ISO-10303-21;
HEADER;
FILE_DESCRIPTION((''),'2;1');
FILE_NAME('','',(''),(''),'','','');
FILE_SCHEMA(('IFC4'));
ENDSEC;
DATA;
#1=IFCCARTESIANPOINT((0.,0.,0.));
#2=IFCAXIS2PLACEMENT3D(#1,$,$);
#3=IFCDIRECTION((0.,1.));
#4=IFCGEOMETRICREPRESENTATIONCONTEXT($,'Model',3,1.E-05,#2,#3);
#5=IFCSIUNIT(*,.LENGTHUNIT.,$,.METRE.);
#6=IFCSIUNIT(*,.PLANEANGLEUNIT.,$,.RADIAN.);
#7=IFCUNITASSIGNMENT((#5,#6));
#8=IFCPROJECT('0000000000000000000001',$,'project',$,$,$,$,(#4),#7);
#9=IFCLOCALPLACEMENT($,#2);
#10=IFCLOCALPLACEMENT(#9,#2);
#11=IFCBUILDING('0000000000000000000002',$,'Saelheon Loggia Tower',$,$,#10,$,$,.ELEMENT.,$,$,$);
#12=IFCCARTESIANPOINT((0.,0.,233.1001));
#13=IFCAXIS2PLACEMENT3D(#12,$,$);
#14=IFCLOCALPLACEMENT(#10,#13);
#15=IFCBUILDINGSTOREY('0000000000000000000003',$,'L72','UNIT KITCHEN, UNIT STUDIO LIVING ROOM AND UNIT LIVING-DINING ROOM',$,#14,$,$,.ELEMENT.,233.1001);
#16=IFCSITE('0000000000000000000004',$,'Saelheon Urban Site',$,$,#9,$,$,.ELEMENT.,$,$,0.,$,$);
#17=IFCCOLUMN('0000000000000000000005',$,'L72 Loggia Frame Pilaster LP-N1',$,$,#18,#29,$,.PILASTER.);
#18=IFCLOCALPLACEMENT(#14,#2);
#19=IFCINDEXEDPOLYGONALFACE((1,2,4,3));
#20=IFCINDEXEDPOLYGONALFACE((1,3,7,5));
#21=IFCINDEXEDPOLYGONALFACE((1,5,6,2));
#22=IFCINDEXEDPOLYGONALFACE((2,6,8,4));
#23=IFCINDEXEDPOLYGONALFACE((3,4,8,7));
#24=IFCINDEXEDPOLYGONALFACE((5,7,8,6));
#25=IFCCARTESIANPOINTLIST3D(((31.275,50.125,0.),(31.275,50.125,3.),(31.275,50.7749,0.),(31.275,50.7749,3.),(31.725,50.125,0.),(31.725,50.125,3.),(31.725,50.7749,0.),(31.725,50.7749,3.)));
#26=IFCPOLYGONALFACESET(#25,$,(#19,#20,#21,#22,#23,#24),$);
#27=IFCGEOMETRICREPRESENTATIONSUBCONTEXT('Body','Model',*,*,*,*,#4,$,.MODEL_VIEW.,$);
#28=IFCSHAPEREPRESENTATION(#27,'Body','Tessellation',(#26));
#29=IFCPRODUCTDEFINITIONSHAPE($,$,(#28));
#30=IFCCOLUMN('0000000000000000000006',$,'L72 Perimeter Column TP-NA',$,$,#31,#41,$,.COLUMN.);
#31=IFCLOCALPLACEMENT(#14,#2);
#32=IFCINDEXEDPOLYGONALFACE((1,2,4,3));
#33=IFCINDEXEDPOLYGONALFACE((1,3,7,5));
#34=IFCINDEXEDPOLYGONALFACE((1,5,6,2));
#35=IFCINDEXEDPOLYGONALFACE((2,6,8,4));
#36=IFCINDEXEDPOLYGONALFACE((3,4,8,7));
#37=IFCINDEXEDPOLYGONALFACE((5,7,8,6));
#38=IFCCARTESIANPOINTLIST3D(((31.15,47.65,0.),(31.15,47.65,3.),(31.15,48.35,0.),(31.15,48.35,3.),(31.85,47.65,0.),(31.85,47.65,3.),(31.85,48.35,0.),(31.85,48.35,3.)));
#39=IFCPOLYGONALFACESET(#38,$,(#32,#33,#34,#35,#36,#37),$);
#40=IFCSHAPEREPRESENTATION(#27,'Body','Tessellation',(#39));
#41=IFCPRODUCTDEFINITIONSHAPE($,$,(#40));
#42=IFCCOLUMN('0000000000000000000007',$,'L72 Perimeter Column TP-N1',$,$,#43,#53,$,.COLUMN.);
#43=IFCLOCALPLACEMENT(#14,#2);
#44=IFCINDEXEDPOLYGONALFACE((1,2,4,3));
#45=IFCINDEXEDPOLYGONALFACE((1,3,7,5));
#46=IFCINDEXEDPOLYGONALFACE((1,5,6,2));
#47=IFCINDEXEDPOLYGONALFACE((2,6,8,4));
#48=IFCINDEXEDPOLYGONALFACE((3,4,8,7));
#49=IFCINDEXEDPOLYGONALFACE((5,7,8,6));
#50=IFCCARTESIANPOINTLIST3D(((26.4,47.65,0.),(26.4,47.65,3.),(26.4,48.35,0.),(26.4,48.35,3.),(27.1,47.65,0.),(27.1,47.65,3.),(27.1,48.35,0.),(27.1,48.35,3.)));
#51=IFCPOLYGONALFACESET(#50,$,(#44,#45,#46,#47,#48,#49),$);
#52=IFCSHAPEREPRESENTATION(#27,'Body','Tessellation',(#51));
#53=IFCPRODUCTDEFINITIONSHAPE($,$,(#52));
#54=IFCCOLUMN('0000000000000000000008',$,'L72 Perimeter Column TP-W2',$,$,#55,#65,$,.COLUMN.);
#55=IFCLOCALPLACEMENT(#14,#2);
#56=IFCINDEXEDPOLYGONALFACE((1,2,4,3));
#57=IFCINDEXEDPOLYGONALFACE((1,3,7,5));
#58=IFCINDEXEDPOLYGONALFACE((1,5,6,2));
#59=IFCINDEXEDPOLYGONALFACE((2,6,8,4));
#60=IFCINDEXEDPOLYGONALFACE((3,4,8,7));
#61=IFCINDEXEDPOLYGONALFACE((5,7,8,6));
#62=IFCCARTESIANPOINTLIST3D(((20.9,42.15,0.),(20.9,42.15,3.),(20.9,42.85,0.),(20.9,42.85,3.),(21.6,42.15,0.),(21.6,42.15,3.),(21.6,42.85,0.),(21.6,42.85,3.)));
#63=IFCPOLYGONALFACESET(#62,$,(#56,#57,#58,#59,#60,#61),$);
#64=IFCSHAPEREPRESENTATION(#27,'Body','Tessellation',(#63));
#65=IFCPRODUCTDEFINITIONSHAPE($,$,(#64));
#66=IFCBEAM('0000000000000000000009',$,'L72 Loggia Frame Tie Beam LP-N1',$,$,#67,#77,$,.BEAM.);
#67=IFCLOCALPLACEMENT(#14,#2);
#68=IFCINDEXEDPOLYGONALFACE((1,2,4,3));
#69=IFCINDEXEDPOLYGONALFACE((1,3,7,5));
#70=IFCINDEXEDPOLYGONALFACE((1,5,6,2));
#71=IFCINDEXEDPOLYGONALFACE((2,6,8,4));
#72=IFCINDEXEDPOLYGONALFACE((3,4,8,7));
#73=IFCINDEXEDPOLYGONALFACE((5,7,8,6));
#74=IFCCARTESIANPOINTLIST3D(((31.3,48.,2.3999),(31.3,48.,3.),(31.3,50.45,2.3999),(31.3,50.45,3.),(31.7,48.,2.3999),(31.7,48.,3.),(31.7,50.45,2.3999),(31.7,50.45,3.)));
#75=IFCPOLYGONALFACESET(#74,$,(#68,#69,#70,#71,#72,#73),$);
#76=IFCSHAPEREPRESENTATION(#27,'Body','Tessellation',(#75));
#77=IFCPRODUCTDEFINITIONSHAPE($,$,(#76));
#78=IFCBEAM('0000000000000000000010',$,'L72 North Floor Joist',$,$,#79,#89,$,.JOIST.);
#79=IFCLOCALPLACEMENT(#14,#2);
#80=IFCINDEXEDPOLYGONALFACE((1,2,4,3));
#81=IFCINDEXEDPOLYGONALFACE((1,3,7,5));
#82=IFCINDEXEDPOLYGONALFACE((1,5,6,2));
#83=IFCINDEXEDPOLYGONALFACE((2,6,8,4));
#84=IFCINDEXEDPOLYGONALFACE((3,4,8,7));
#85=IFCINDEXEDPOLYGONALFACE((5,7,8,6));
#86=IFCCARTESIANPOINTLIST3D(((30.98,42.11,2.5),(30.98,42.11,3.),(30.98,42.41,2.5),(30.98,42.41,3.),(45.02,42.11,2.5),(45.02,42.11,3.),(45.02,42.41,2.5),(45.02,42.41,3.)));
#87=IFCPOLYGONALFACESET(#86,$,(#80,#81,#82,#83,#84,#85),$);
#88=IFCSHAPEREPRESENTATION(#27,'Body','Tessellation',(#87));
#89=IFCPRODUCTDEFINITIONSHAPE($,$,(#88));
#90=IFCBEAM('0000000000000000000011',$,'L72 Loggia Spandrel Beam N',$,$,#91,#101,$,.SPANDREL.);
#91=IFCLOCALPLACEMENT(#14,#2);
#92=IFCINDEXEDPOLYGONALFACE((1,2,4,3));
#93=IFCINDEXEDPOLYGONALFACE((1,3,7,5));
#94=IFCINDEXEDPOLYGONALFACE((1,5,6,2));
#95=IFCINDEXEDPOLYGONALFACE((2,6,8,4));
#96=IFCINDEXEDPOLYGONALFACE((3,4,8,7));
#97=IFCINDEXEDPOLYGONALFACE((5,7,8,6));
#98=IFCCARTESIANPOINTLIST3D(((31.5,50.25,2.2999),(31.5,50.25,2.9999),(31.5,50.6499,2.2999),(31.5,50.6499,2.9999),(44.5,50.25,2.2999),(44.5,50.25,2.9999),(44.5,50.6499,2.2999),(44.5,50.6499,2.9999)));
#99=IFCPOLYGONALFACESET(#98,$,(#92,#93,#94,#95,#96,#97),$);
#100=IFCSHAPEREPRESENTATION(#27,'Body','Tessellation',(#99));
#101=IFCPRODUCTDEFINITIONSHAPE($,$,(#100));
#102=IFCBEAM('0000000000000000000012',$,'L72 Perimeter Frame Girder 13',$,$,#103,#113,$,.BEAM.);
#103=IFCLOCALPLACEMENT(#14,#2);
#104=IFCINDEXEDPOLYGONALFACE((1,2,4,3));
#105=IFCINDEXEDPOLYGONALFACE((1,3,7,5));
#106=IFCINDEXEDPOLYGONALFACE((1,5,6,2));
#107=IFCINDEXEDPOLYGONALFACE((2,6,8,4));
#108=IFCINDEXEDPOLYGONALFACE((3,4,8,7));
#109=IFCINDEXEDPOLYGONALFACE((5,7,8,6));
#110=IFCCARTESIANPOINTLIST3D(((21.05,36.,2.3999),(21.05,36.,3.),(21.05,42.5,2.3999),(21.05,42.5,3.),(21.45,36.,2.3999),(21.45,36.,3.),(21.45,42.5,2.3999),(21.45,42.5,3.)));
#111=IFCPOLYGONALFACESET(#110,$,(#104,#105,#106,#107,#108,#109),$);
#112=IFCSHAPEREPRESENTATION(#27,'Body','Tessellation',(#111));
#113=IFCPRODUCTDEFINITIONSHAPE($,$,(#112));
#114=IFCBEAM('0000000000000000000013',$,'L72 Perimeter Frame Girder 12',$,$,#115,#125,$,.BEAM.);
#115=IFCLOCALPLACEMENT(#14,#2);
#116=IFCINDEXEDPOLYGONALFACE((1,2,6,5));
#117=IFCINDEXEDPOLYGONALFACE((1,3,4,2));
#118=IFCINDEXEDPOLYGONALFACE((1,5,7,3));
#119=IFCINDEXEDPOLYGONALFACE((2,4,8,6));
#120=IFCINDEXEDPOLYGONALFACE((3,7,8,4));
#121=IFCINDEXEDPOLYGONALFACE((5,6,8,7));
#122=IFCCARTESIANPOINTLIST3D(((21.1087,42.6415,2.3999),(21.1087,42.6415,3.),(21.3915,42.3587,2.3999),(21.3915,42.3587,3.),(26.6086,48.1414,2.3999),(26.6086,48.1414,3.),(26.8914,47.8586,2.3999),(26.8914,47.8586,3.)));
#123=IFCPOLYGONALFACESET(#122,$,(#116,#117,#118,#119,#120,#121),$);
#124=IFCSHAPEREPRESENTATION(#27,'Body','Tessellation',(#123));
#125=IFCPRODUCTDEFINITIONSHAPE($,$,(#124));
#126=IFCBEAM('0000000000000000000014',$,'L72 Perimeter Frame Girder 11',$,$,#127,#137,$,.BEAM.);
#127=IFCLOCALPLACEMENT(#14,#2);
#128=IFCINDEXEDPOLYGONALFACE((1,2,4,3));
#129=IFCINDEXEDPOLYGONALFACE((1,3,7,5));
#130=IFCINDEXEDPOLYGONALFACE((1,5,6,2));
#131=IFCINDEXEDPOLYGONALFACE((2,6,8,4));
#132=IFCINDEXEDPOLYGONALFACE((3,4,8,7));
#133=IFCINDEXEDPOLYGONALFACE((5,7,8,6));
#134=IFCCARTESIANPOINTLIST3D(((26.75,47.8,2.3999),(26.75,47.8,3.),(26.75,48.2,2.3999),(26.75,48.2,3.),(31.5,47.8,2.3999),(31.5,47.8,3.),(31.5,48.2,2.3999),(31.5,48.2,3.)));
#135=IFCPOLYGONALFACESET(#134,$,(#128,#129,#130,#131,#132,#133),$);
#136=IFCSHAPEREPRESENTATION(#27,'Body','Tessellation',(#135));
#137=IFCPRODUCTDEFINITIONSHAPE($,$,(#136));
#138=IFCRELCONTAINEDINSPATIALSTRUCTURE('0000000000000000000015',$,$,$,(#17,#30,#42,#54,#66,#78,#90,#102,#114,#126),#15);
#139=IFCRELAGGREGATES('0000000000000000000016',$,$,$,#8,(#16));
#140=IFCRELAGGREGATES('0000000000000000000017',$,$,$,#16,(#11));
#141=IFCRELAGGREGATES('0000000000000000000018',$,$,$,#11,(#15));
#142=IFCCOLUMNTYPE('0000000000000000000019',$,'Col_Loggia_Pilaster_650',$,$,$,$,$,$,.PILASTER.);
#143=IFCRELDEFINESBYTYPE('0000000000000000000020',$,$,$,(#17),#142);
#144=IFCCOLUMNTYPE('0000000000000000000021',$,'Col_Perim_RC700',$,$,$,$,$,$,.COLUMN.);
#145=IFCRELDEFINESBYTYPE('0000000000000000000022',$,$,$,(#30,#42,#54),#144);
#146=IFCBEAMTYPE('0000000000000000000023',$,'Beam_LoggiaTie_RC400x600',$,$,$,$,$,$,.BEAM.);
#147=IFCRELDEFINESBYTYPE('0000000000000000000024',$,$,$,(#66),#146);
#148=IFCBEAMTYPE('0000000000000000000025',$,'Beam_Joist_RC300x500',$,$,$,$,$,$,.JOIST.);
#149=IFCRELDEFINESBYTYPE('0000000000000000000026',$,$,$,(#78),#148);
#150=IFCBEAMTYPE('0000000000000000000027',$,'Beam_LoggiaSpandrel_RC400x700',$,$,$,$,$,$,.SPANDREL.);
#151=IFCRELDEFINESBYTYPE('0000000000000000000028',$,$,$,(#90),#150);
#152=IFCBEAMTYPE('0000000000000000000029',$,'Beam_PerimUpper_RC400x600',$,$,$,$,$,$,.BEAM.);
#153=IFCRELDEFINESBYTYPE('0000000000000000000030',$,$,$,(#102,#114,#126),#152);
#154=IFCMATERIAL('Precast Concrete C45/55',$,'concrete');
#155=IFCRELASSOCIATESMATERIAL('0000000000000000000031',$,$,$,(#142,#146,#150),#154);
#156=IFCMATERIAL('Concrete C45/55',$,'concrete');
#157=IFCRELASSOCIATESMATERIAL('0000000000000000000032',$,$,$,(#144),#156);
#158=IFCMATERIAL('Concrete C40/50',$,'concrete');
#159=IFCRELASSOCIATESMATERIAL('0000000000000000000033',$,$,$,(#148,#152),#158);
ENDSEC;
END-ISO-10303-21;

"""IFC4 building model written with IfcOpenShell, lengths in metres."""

from ifc_helpers import new_model, si_unit, direction, frame, origin, origin_2d, place, context, subcontext, project, spatial, rectangle, extrude, source, transform, mapped, material, material_profile, profile_set, type_object, element, save


model = new_model("IFC4")

# Units and contexts
model_context = context("Model", 3, precision=1e-05, world=origin(), true_north=direction((0.0, 1.0)))
body_context = subcontext(model_context, "Body", "Model", "MODEL_VIEW")
ifc_project = project(units=[si_unit("LENGTHUNIT", "METRE"), si_unit("PLANEANGLEUNIT", "RADIAN")], contexts=[model_context])

# Site, building, storey
site_placement = place(None, origin())
site = spatial("IfcSite", under=ifc_project, at=site_placement, Name="Saelheon Urban Site", CompositionType="ELEMENT", RefElevation=0.0)
building_placement = place(site_placement, origin())
building = spatial("IfcBuilding", under=site, at=building_placement, Name="Saelheon Loggia Tower", CompositionType="ELEMENT")
storey_placement = place(building_placement, frame((0.0, 0.0, 233.1001)))
storey = spatial("IfcBuildingStorey", under=building, at=storey_placement, Name="L72", Description="UNIT KITCHEN, UNIT STUDIO LIVING ROOM AND UNIT LIVING-DINING ROOM", CompositionType="ELEMENT", Elevation=233.1001)

# Columns
ifc_material_1 = material(Name="Precast Concrete C45/55", Category="concrete")
ifc_material_profile_1 = material_profile(ifc_material_1, rectangle(XDim=0.45, YDim=0.6499, at=origin_2d()), Name="RC-450x650")
ifc_profile_set_1 = profile_set([ifc_material_profile_1], Name="Precast Concrete C45/55")
column_type_1 = type_object("IfcColumnType", Name="Col_Loggia_Pilaster_650", PredefinedType="PILASTER", material=ifc_profile_set_1)
shared_shape_1 = source(origin(), body_context, "Body", "SweptSolid", [
    extrude(rectangle(XDim=0.45, YDim=0.6499, at=origin_2d()), origin(), (0.0, 0.0, 1.0), 3.0),
])
column_placement = place(storey_placement, frame((31.5, 50.45, 0.0), z_axis=(0.0, 0.0, 1.0), x_axis=(1.0, 0.0, 0.0)))
element("IfcColumn", 1, at=column_placement, inside=storey, type_object=column_type_1, Name="L72 Loggia Frame Pilaster LP-N1", PredefinedType="PILASTER", context=body_context, shape_type="MappedRepresentation", body=[
    mapped(shared_shape_1, transform((0.0, 0.0, 0.0), scale=1.0)),
])
ifc_material_2 = material(Name="Concrete C45/55", Category="concrete")
ifc_material_profile_2 = material_profile(ifc_material_2, rectangle(XDim=0.7, YDim=0.7, at=origin_2d()), Name="RC-700x700")
ifc_profile_set_2 = profile_set([ifc_material_profile_2], Name="Concrete C45/55")
column_type_2 = type_object("IfcColumnType", Name="Col_Perim_RC700", PredefinedType="COLUMN", material=ifc_profile_set_2)
shared_shape_2 = source(origin(), body_context, "Body", "SweptSolid", [
    extrude(rectangle(XDim=0.7, YDim=0.7, at=origin_2d()), origin(), (0.0, 0.0, 1.0), 3.0),
])
for number, where, z_axis, x_axis, name in (
    (2, (31.5, 48.0, 0.0), (0.0, 0.0, 1.0), (1.0, 0.0, 0.0), "L72 Perimeter Column TP-NA"),
    (3, (26.75, 48.0, 0.0), (0.0, 0.0, 1.0), (1.0, 0.0, 0.0), "L72 Perimeter Column TP-N1"),
    (4, (21.25, 42.5, 0.0), (0.0, 0.0, 1.0), (1.0, 0.0, 0.0), "L72 Perimeter Column TP-W2"),
):
    element("IfcColumn", number, at=place(storey_placement, frame(where, z_axis=z_axis, x_axis=x_axis)), inside=storey, type_object=column_type_2, Name=name, PredefinedType="COLUMN", context=body_context, shape_type="MappedRepresentation", body=[
        mapped(shared_shape_2, transform((0.0, 0.0, 0.0), scale=1.0)),
    ])

# Beams
ifc_material_profile_3 = material_profile(ifc_material_1, rectangle(XDim=0.3999, YDim=0.6001, at=origin_2d()), Name="RC-400x600")
ifc_profile_set_3 = profile_set([ifc_material_profile_3], Name="Precast Concrete C45/55")
beam_type_1 = type_object("IfcBeamType", Name="Beam_LoggiaTie_RC400x600", PredefinedType="BEAM", material=ifc_profile_set_3)
shared_shape_3 = source(origin(), body_context, "Body", "SweptSolid", [
    extrude(rectangle(XDim=0.3999, YDim=0.6001, at=origin_2d()), origin(), (0.0, 0.0, 1.0), 2.45),
])
beam_1_placement = place(storey_placement, frame((31.5, 48.0, 2.7), z_axis=(0.0, 1.0, 0.0), x_axis=(-1.0, 0.0, 0.0)))
element("IfcBeam", 5, at=beam_1_placement, inside=storey, type_object=beam_type_1, Name="L72 Loggia Frame Tie Beam LP-N1", PredefinedType="BEAM", context=body_context, shape_type="MappedRepresentation", body=[
    mapped(shared_shape_3, transform((0.0, 0.0, 0.0), scale=1.0)),
])
ifc_material_3 = material(Name="Concrete C40/50", Category="concrete")
ifc_material_profile_4 = material_profile(ifc_material_3, rectangle(XDim=0.3, YDim=0.5, at=origin_2d()), Name="RC-300x500")
ifc_profile_set_4 = profile_set([ifc_material_profile_4], Name="Concrete C40/50")
beam_type_2 = type_object("IfcBeamType", Name="Beam_Joist_RC300x500", PredefinedType="JOIST", material=ifc_profile_set_4)
shared_shape_4 = source(origin(), body_context, "Body", "SweptSolid", [
    extrude(rectangle(XDim=0.3, YDim=0.5, at=origin_2d()), origin(), (0.0, 0.0, 1.0), 14.04),
])
beam_2_placement = place(storey_placement, frame((30.98, 42.26, 2.75), z_axis=(1.0, 0.0, 0.0), x_axis=(0.0, 1.0, 0.0)))
element("IfcBeam", 6, at=beam_2_placement, inside=storey, type_object=beam_type_2, Name="L72 North Floor Joist", PredefinedType="JOIST", context=body_context, shape_type="MappedRepresentation", body=[
    mapped(shared_shape_4, transform((0.0, 0.0, 0.0), scale=1.0)),
])
ifc_material_profile_5 = material_profile(ifc_material_1, rectangle(XDim=0.3999, YDim=0.7, at=origin_2d()), Name="RC-400x700")
ifc_profile_set_5 = profile_set([ifc_material_profile_5], Name="Precast Concrete C45/55")
beam_type_3 = type_object("IfcBeamType", Name="Beam_LoggiaSpandrel_RC400x700", PredefinedType="SPANDREL", material=ifc_profile_set_5)
shared_shape_5 = source(origin(), body_context, "Body", "SweptSolid", [
    extrude(rectangle(XDim=0.3999, YDim=0.7, at=origin_2d()), origin(), (0.0, 0.0, 1.0), 13.0),
])
beam_3_placement = place(storey_placement, frame((31.5, 50.45, 2.6499), z_axis=(1.0, 0.0, 0.0), x_axis=(0.0, 1.0, 0.0)))
element("IfcBeam", 7, at=beam_3_placement, inside=storey, type_object=beam_type_3, Name="L72 Loggia Spandrel Beam N", PredefinedType="SPANDREL", context=body_context, shape_type="MappedRepresentation", body=[
    mapped(shared_shape_5, transform((0.0, 0.0, 0.0), scale=1.0)),
])
ifc_material_profile_6 = material_profile(ifc_material_3, rectangle(XDim=0.3999, YDim=0.6001, at=origin_2d()), Name="RC-400x600")
ifc_profile_set_6 = profile_set([ifc_material_profile_6], Name="Concrete C40/50")
beam_type_4 = type_object("IfcBeamType", Name="Beam_PerimUpper_RC400x600", PredefinedType="BEAM", material=ifc_profile_set_6)
shared_shape_6 = source(origin(), body_context, "Body", "SweptSolid", [
    extrude(rectangle(XDim=0.3999, YDim=0.6001, at=origin_2d()), origin(), (0.0, 0.0, 1.0), 6.5),
])
beam_4_placement = place(storey_placement, frame((21.25, 42.5, 2.7), z_axis=(0.0, -1.0, 0.0), x_axis=(1.0, 0.0, 0.0)))
element("IfcBeam", 8, at=beam_4_placement, inside=storey, type_object=beam_type_4, Name="L72 Perimeter Frame Girder 13", PredefinedType="BEAM", context=body_context, shape_type="MappedRepresentation", body=[
    mapped(shared_shape_6, transform((0.0, 0.0, 0.0), scale=1.0)),
])
shared_shape_7 = source(origin(), body_context, "Body", "SweptSolid", [
    extrude(rectangle(XDim=0.3999, YDim=0.6001, at=origin_2d()), origin(), (0.0, 0.0, 1.0), 7.7781),
])
beam_5_placement = place(storey_placement, frame((26.75, 48.0, 2.7), z_axis=(-0.707107, -0.707107, 0.0), x_axis=(0.707107, -0.707107, 0.0)))
element("IfcBeam", 9, at=beam_5_placement, inside=storey, type_object=beam_type_4, Name="L72 Perimeter Frame Girder 12", PredefinedType="BEAM", context=body_context, shape_type="MappedRepresentation", body=[
    mapped(shared_shape_7, transform((0.0, 0.0, 0.0), scale=1.0)),
])
shared_shape_8 = source(origin(), body_context, "Body", "SweptSolid", [
    extrude(rectangle(XDim=0.3999, YDim=0.6001, at=origin_2d()), origin(), (0.0, 0.0, 1.0), 4.75),
])
beam_6_placement = place(storey_placement, frame((31.5, 48.0, 2.7), z_axis=(-1.0, 0.0, 0.0), x_axis=(0.0, -1.0, 0.0)))
element("IfcBeam", 10, at=beam_6_placement, inside=storey, type_object=beam_type_4, Name="L72 Perimeter Frame Girder 11", PredefinedType="BEAM", context=body_context, shape_type="MappedRepresentation", body=[
    mapped(shared_shape_8, transform((0.0, 0.0, 0.0), scale=1.0)),
])

save(model, "model.ifc")
